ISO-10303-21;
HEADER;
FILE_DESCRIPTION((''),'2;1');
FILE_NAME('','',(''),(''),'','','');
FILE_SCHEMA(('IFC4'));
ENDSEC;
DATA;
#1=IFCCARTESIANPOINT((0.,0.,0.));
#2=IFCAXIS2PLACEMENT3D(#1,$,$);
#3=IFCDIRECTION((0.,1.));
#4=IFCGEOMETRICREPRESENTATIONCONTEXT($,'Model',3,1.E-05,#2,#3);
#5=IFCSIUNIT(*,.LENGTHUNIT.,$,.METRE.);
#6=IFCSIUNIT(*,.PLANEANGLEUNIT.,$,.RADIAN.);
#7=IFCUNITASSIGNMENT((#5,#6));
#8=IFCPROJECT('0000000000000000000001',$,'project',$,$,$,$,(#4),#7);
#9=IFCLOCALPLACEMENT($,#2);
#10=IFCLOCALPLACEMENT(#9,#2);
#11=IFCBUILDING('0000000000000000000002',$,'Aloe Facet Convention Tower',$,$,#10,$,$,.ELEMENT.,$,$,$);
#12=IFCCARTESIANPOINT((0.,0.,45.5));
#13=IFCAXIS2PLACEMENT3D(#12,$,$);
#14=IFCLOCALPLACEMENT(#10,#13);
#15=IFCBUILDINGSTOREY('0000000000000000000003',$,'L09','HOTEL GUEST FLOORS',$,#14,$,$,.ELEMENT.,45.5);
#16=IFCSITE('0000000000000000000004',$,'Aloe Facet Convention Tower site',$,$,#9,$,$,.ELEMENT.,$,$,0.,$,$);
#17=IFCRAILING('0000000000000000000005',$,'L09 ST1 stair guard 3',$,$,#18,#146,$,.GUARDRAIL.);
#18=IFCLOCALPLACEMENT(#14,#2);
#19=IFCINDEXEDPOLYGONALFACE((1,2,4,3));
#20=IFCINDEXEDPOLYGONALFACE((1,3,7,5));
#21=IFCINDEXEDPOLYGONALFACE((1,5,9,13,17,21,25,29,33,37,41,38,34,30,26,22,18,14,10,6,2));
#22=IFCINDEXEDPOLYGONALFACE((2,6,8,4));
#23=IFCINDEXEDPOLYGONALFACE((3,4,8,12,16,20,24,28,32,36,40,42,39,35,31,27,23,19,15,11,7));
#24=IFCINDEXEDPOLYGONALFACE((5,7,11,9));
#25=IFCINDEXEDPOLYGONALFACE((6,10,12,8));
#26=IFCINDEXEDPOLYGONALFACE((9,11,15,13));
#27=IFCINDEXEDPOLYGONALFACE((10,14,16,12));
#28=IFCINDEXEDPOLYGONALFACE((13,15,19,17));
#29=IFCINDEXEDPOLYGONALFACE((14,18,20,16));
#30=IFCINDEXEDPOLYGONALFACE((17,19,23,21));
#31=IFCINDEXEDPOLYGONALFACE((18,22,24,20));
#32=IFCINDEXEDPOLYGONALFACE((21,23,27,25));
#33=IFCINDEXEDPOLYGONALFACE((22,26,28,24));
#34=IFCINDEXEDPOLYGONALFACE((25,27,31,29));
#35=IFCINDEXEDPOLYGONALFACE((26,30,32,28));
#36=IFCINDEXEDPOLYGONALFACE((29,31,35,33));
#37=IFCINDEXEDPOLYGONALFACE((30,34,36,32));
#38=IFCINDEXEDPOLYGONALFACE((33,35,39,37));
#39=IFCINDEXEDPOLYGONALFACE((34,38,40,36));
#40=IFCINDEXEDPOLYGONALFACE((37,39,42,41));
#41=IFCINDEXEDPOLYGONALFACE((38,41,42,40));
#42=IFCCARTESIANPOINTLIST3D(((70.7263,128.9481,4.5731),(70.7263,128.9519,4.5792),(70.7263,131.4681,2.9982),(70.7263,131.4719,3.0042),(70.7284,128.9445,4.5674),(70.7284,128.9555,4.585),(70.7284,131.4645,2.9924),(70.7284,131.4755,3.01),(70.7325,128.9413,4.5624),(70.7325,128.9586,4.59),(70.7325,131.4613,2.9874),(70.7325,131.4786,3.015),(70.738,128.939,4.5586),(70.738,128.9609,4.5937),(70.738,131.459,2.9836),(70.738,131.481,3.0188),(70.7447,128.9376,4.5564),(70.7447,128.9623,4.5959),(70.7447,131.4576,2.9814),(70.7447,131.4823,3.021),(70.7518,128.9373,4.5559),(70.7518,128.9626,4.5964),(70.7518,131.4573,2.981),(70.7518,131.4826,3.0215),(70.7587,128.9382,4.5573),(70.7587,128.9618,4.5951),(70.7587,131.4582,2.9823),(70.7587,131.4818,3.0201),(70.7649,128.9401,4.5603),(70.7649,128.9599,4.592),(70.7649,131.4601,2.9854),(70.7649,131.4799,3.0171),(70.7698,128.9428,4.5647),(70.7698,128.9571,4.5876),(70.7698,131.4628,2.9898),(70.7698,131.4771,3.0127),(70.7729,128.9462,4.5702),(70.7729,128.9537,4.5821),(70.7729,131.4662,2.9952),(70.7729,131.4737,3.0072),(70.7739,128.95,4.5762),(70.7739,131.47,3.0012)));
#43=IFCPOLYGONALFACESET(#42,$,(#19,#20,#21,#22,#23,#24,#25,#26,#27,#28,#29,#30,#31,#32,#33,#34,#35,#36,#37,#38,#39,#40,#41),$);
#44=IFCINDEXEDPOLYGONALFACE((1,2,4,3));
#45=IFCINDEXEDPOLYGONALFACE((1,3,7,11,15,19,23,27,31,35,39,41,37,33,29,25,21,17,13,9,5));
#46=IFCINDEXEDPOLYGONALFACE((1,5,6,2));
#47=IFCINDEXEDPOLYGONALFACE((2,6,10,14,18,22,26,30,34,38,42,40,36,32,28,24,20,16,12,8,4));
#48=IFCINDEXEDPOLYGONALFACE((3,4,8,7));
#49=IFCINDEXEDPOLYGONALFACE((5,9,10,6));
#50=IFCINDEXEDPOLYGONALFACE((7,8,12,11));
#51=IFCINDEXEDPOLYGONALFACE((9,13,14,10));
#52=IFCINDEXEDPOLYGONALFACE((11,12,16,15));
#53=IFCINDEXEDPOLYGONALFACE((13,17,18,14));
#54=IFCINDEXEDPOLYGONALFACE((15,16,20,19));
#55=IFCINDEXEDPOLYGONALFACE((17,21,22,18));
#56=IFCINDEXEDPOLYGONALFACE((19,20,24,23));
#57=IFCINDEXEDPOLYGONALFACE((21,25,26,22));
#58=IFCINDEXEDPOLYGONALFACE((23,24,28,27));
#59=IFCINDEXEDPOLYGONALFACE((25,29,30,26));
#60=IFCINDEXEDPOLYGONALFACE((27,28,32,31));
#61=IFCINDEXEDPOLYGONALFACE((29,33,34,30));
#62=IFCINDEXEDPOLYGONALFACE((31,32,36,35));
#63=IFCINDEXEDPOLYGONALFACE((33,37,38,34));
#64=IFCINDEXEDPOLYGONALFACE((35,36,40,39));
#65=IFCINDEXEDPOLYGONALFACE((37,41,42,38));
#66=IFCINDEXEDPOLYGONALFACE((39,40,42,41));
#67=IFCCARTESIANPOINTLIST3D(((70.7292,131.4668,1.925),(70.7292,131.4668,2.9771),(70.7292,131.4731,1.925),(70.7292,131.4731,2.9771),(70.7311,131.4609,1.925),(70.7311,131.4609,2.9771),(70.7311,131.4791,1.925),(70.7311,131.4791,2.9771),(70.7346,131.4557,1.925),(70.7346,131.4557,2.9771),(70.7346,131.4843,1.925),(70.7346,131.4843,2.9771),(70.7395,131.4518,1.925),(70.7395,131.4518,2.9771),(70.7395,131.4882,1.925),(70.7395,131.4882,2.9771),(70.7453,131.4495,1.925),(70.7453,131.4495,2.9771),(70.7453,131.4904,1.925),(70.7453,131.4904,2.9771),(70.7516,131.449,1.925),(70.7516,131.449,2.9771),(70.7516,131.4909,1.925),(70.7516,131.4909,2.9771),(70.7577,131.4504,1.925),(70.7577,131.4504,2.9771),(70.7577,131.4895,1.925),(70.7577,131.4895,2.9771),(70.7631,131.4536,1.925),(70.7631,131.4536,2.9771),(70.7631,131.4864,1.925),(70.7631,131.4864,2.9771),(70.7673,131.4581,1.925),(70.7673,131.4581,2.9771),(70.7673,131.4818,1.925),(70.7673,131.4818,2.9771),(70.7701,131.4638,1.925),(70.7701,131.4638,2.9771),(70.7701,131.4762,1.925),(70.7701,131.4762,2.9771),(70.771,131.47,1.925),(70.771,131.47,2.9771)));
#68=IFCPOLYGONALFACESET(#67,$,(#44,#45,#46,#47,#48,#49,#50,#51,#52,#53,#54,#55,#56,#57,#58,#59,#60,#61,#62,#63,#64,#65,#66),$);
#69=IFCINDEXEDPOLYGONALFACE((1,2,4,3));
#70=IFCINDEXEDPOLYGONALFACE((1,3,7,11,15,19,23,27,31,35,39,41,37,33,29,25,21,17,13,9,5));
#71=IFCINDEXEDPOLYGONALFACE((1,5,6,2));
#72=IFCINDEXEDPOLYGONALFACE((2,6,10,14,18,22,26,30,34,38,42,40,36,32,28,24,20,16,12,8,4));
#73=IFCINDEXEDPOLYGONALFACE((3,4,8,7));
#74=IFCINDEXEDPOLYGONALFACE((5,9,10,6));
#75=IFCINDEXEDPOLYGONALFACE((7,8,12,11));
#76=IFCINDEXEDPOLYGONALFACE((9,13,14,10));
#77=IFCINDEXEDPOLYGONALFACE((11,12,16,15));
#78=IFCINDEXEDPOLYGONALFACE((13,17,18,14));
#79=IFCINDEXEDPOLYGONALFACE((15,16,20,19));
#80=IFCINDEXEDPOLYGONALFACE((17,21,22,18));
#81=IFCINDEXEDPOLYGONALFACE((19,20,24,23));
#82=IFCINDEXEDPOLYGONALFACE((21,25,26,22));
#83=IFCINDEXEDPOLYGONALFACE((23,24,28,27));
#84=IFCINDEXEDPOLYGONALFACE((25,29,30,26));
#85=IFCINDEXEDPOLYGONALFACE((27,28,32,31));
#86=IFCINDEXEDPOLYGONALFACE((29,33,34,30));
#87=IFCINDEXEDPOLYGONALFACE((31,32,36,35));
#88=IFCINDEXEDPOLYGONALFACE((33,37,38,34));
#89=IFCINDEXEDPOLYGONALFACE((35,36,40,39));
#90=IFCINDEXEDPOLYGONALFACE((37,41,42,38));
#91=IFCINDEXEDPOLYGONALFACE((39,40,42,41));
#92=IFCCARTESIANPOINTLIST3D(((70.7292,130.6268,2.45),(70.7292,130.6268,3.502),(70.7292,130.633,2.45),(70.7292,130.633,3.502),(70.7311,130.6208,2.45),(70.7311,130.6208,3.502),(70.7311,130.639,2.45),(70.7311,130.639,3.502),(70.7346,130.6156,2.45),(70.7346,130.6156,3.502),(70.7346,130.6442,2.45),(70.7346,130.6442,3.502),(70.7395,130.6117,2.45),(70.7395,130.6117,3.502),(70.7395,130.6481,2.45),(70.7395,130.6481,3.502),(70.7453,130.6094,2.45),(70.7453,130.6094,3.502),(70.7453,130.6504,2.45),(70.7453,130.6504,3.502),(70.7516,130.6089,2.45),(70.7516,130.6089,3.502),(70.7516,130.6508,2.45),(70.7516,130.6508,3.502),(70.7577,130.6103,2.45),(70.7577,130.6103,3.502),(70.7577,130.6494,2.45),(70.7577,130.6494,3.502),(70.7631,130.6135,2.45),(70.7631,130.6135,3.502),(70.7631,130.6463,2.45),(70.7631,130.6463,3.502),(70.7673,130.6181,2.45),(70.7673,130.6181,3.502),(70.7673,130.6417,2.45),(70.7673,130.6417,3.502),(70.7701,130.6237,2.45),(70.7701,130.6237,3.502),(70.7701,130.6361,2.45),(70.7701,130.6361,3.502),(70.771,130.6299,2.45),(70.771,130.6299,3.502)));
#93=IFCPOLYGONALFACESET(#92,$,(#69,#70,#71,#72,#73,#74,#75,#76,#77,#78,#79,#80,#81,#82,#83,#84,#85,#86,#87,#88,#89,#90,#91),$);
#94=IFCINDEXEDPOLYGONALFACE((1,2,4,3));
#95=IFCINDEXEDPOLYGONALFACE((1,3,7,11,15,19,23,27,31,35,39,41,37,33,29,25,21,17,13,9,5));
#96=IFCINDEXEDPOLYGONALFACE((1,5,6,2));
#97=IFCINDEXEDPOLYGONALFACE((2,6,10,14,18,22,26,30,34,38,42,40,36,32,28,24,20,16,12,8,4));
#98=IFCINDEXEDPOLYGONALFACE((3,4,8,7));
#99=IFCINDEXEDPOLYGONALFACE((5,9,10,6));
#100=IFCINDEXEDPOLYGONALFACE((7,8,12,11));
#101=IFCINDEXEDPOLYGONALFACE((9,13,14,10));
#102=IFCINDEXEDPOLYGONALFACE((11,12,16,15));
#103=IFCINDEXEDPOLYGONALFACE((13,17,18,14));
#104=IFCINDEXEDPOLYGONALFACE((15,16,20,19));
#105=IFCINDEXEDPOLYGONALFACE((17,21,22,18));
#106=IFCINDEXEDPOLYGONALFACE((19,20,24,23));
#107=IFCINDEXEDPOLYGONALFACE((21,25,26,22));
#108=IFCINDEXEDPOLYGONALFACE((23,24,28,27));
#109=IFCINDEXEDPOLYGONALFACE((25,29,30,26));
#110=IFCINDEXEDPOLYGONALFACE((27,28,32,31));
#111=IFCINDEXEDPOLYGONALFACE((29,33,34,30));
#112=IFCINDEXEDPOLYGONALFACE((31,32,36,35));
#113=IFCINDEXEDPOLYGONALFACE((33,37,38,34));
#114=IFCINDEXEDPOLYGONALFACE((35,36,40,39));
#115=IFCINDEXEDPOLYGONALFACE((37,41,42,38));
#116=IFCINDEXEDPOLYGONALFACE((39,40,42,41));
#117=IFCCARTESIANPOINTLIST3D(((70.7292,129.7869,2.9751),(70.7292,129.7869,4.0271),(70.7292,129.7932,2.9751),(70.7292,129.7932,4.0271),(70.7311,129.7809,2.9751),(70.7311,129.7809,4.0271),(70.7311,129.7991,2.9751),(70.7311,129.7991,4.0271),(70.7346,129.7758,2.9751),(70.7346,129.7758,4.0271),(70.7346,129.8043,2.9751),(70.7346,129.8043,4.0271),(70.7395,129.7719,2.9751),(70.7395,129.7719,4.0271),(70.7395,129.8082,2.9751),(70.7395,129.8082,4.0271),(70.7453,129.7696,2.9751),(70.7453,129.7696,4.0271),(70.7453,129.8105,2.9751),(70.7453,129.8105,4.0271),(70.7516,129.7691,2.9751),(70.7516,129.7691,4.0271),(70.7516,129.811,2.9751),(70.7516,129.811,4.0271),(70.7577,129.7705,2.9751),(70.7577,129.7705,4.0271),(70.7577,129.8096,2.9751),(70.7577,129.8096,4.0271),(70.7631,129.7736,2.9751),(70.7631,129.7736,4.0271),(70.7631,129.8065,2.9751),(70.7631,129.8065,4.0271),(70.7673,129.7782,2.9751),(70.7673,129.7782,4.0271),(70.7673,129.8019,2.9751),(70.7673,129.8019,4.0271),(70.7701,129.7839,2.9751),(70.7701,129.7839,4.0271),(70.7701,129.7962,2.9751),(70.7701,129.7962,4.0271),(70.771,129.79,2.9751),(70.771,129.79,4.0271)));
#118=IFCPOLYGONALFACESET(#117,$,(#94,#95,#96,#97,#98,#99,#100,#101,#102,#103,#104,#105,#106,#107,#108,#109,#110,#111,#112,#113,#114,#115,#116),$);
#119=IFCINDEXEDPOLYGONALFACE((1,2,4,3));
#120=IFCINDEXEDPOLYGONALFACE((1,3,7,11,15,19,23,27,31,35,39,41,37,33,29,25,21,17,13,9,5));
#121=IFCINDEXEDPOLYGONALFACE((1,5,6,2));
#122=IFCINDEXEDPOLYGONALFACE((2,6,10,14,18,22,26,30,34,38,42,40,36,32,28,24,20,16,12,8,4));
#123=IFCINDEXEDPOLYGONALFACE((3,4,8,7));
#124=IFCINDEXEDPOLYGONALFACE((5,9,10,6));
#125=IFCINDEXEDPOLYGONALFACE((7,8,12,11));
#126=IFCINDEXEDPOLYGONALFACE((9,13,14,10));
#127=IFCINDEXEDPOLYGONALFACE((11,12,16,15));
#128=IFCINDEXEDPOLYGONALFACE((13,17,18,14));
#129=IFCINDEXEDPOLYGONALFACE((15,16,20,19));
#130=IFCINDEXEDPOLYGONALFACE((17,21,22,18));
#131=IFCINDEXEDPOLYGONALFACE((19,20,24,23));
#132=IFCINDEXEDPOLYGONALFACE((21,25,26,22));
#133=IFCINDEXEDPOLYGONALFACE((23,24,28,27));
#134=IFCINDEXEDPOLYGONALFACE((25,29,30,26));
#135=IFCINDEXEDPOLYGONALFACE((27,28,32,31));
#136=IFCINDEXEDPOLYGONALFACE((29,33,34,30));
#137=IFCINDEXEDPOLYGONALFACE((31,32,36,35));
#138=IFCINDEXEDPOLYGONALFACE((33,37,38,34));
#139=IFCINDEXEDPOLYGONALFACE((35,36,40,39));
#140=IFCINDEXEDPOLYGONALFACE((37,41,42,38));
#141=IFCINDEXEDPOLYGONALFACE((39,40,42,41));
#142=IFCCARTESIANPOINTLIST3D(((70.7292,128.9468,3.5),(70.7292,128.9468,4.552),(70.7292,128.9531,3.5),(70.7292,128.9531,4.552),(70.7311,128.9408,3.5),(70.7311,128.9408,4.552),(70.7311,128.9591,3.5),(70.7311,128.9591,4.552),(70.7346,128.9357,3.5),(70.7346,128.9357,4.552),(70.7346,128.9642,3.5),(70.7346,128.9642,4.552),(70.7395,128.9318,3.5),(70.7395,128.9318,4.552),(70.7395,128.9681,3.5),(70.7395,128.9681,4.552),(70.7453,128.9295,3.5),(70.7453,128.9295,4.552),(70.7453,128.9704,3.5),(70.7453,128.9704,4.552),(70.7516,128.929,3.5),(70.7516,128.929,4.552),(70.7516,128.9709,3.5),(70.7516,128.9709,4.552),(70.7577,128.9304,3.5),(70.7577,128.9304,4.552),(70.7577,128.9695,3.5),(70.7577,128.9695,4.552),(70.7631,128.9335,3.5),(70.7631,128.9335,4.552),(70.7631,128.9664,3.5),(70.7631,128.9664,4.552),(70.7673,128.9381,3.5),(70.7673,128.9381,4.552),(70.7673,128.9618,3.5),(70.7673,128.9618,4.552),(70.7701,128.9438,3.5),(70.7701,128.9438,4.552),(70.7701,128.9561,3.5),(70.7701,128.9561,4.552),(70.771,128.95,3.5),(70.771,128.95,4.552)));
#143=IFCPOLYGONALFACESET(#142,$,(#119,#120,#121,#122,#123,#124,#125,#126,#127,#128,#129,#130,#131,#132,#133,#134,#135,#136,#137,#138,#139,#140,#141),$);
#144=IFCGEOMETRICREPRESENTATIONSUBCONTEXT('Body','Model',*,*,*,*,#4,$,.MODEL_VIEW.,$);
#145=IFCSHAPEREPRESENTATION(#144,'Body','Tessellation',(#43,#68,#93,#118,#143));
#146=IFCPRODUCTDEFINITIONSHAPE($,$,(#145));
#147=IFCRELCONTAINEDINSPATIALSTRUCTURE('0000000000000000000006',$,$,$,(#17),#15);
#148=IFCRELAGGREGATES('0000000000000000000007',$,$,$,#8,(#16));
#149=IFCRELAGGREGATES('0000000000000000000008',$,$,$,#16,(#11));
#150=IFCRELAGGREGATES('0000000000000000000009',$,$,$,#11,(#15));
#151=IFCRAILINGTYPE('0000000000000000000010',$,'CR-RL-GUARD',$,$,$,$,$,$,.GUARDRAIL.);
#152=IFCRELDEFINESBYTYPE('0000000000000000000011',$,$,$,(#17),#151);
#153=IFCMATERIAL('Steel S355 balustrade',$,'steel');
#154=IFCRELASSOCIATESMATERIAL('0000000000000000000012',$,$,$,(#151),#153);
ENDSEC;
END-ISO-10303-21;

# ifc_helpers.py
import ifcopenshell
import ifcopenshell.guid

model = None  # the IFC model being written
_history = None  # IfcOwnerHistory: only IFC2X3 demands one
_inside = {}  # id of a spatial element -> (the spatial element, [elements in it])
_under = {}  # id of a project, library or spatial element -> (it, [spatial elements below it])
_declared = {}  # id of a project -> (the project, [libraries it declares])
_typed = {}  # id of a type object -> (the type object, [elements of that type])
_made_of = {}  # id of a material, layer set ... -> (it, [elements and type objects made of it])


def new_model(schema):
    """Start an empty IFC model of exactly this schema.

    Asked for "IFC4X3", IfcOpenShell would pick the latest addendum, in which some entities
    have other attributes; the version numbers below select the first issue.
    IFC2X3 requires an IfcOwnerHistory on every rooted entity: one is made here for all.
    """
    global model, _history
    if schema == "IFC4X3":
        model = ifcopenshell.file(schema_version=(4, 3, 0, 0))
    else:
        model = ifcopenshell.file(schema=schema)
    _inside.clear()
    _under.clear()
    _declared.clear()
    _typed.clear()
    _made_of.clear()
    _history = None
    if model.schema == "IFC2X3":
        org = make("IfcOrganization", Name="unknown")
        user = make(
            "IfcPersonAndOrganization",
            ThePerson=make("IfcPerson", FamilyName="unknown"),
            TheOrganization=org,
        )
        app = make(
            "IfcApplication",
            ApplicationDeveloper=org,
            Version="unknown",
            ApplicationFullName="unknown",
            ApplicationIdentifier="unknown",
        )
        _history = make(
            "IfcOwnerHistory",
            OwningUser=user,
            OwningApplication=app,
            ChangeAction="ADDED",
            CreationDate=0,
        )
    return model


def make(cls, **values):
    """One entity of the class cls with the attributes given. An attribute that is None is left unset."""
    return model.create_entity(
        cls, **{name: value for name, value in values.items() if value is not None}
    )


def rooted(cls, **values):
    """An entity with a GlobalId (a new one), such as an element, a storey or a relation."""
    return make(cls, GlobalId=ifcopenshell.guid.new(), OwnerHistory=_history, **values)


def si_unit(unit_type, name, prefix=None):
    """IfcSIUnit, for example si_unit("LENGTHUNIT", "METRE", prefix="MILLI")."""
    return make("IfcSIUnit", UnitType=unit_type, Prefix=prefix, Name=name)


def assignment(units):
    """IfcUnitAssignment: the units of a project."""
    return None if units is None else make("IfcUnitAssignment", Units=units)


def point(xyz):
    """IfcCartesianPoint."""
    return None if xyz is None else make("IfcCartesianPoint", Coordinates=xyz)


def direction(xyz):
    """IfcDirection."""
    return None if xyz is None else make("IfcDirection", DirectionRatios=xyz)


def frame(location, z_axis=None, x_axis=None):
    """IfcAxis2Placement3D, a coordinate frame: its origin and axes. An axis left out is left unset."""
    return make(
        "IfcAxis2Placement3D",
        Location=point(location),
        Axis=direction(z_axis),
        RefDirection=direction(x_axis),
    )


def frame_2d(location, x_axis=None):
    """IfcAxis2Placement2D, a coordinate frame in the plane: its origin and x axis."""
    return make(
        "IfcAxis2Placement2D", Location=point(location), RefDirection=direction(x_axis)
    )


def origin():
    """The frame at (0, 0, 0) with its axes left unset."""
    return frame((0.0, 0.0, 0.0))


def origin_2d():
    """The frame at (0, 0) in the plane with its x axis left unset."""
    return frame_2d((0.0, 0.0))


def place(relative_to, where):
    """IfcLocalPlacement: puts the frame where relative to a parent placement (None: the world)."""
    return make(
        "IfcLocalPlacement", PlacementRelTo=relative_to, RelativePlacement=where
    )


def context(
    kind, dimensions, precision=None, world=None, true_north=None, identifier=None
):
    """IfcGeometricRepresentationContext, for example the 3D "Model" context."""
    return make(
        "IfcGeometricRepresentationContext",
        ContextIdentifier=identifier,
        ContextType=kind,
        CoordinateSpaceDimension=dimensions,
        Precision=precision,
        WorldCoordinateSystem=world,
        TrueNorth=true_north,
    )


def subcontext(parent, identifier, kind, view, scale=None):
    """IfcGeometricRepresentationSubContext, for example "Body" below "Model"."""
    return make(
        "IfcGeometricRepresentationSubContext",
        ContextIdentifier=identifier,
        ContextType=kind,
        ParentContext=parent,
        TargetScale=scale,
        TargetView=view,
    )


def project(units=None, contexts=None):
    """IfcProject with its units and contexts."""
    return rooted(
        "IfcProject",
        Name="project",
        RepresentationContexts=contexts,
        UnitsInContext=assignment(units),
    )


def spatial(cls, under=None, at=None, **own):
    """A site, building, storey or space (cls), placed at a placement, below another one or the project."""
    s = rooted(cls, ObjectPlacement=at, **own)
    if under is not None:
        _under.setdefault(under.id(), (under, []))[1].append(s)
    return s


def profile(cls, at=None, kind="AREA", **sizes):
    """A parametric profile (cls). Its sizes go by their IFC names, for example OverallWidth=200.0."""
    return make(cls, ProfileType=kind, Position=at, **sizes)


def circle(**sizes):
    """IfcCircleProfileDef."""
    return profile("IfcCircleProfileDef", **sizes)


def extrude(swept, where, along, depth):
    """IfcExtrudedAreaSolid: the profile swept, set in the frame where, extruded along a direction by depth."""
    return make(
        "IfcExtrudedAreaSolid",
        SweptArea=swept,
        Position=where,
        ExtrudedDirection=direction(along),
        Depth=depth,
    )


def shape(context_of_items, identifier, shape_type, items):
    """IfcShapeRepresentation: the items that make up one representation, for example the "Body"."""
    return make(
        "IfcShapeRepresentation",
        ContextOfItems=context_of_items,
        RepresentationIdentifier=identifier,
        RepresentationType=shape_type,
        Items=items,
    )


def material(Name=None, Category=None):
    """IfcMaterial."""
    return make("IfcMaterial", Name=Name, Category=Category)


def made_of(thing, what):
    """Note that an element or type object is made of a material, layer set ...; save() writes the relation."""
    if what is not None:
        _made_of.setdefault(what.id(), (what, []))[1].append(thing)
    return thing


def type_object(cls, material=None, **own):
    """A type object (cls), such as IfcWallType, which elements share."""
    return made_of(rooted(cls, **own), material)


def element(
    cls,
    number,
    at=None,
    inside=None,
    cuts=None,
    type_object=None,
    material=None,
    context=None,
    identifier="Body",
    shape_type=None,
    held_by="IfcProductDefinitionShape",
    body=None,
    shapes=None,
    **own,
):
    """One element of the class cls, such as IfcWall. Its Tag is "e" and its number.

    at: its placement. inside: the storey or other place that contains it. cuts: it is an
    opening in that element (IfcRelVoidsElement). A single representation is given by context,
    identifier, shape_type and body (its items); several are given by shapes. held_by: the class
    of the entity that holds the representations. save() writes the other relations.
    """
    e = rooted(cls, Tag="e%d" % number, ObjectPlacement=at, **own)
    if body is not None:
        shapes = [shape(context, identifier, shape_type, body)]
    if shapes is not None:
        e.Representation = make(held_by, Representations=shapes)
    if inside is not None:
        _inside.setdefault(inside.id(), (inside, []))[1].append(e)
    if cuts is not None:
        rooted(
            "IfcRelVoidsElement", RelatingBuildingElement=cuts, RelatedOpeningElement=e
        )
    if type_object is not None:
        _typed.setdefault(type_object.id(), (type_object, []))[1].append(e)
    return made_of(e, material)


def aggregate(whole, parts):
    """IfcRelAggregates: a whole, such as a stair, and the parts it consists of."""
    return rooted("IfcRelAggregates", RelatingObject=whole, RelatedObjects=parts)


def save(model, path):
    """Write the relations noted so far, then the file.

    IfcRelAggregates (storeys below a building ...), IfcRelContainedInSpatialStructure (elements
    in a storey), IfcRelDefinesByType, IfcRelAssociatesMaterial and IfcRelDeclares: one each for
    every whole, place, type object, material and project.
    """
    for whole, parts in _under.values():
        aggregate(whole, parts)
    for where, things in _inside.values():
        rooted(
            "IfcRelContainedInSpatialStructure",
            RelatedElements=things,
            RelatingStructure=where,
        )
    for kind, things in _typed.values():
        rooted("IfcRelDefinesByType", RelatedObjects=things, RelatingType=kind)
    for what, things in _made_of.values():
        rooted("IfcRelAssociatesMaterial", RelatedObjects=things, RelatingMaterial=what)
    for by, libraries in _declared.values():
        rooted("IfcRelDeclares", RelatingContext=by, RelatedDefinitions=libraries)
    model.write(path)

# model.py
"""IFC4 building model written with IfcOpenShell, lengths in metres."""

from ifc_helpers import new_model, si_unit, direction, frame, origin, origin_2d, place, context, subcontext, project, spatial, circle, extrude, material, type_object, element, save


model = new_model("IFC4")

# Units and contexts
model_context = context("Model", 3, precision=1e-05, world=origin(), true_north=direction((0.0, 1.0)))
body_context = subcontext(model_context, "Body", "Model", "MODEL_VIEW")
ifc_project = project(units=[si_unit("LENGTHUNIT", "METRE"), si_unit("PLANEANGLEUNIT", "RADIAN")], contexts=[model_context])

# Site, building, storey
site_placement = place(None, origin())
site = spatial("IfcSite", under=ifc_project, at=site_placement, Name="Aloe Facet Convention Tower site", CompositionType="ELEMENT", RefElevation=0.0)
building_placement = place(site_placement, origin())
building = spatial("IfcBuilding", under=site, at=building_placement, Name="Aloe Facet Convention Tower", CompositionType="ELEMENT")
storey_placement = place(building_placement, frame((0.0, 0.0, 45.5)))
storey = spatial("IfcBuildingStorey", under=building, at=storey_placement, Name="L09", Description="HOTEL GUEST FLOORS", CompositionType="ELEMENT", Elevation=45.5)

# Railing
ifc_material_1 = material(Name="Steel S355 balustrade", Category="steel")
railing_type_1 = type_object("IfcRailingType", Name="CR-RL-GUARD", PredefinedType="GUARDRAIL", material=ifc_material_1)
railing_1_placement = place(storey_placement, frame((70.75, 131.47, 1.925)))
element("IfcRailing", 1, at=railing_1_placement, inside=storey, type_object=railing_type_1, Name="L09 ST1 stair guard 3", PredefinedType="GUARDRAIL", context=body_context, shape_type="SweptSolid", body=[
    extrude(circle(Radius=0.0239, at=origin_2d()), frame((0.0, 0.0, 1.0762), z_axis=(0.0, -0.848008, 0.529984), x_axis=(1.0, 0.0, 0.0)), (0.0, 0.0, 1.0), 2.9717),
    extrude(circle(Radius=0.021, at=origin_2d()), origin(), (0.0, 0.0, 1.0), 1.052),
    extrude(circle(Radius=0.021, at=origin_2d()), frame((0.0, -0.8401, 0.5249)), (0.0, 0.0, 1.0), 1.052),
    extrude(circle(Radius=0.021, at=origin_2d()), frame((0.0, -1.6799, 1.05)), (0.0, 0.0, 1.0), 1.052),
    extrude(circle(Radius=0.021, at=origin_2d()), frame((0.0, -2.52, 1.575)), (0.0, 0.0, 1.0), 1.052),
])

save(model, "model.ifc")
